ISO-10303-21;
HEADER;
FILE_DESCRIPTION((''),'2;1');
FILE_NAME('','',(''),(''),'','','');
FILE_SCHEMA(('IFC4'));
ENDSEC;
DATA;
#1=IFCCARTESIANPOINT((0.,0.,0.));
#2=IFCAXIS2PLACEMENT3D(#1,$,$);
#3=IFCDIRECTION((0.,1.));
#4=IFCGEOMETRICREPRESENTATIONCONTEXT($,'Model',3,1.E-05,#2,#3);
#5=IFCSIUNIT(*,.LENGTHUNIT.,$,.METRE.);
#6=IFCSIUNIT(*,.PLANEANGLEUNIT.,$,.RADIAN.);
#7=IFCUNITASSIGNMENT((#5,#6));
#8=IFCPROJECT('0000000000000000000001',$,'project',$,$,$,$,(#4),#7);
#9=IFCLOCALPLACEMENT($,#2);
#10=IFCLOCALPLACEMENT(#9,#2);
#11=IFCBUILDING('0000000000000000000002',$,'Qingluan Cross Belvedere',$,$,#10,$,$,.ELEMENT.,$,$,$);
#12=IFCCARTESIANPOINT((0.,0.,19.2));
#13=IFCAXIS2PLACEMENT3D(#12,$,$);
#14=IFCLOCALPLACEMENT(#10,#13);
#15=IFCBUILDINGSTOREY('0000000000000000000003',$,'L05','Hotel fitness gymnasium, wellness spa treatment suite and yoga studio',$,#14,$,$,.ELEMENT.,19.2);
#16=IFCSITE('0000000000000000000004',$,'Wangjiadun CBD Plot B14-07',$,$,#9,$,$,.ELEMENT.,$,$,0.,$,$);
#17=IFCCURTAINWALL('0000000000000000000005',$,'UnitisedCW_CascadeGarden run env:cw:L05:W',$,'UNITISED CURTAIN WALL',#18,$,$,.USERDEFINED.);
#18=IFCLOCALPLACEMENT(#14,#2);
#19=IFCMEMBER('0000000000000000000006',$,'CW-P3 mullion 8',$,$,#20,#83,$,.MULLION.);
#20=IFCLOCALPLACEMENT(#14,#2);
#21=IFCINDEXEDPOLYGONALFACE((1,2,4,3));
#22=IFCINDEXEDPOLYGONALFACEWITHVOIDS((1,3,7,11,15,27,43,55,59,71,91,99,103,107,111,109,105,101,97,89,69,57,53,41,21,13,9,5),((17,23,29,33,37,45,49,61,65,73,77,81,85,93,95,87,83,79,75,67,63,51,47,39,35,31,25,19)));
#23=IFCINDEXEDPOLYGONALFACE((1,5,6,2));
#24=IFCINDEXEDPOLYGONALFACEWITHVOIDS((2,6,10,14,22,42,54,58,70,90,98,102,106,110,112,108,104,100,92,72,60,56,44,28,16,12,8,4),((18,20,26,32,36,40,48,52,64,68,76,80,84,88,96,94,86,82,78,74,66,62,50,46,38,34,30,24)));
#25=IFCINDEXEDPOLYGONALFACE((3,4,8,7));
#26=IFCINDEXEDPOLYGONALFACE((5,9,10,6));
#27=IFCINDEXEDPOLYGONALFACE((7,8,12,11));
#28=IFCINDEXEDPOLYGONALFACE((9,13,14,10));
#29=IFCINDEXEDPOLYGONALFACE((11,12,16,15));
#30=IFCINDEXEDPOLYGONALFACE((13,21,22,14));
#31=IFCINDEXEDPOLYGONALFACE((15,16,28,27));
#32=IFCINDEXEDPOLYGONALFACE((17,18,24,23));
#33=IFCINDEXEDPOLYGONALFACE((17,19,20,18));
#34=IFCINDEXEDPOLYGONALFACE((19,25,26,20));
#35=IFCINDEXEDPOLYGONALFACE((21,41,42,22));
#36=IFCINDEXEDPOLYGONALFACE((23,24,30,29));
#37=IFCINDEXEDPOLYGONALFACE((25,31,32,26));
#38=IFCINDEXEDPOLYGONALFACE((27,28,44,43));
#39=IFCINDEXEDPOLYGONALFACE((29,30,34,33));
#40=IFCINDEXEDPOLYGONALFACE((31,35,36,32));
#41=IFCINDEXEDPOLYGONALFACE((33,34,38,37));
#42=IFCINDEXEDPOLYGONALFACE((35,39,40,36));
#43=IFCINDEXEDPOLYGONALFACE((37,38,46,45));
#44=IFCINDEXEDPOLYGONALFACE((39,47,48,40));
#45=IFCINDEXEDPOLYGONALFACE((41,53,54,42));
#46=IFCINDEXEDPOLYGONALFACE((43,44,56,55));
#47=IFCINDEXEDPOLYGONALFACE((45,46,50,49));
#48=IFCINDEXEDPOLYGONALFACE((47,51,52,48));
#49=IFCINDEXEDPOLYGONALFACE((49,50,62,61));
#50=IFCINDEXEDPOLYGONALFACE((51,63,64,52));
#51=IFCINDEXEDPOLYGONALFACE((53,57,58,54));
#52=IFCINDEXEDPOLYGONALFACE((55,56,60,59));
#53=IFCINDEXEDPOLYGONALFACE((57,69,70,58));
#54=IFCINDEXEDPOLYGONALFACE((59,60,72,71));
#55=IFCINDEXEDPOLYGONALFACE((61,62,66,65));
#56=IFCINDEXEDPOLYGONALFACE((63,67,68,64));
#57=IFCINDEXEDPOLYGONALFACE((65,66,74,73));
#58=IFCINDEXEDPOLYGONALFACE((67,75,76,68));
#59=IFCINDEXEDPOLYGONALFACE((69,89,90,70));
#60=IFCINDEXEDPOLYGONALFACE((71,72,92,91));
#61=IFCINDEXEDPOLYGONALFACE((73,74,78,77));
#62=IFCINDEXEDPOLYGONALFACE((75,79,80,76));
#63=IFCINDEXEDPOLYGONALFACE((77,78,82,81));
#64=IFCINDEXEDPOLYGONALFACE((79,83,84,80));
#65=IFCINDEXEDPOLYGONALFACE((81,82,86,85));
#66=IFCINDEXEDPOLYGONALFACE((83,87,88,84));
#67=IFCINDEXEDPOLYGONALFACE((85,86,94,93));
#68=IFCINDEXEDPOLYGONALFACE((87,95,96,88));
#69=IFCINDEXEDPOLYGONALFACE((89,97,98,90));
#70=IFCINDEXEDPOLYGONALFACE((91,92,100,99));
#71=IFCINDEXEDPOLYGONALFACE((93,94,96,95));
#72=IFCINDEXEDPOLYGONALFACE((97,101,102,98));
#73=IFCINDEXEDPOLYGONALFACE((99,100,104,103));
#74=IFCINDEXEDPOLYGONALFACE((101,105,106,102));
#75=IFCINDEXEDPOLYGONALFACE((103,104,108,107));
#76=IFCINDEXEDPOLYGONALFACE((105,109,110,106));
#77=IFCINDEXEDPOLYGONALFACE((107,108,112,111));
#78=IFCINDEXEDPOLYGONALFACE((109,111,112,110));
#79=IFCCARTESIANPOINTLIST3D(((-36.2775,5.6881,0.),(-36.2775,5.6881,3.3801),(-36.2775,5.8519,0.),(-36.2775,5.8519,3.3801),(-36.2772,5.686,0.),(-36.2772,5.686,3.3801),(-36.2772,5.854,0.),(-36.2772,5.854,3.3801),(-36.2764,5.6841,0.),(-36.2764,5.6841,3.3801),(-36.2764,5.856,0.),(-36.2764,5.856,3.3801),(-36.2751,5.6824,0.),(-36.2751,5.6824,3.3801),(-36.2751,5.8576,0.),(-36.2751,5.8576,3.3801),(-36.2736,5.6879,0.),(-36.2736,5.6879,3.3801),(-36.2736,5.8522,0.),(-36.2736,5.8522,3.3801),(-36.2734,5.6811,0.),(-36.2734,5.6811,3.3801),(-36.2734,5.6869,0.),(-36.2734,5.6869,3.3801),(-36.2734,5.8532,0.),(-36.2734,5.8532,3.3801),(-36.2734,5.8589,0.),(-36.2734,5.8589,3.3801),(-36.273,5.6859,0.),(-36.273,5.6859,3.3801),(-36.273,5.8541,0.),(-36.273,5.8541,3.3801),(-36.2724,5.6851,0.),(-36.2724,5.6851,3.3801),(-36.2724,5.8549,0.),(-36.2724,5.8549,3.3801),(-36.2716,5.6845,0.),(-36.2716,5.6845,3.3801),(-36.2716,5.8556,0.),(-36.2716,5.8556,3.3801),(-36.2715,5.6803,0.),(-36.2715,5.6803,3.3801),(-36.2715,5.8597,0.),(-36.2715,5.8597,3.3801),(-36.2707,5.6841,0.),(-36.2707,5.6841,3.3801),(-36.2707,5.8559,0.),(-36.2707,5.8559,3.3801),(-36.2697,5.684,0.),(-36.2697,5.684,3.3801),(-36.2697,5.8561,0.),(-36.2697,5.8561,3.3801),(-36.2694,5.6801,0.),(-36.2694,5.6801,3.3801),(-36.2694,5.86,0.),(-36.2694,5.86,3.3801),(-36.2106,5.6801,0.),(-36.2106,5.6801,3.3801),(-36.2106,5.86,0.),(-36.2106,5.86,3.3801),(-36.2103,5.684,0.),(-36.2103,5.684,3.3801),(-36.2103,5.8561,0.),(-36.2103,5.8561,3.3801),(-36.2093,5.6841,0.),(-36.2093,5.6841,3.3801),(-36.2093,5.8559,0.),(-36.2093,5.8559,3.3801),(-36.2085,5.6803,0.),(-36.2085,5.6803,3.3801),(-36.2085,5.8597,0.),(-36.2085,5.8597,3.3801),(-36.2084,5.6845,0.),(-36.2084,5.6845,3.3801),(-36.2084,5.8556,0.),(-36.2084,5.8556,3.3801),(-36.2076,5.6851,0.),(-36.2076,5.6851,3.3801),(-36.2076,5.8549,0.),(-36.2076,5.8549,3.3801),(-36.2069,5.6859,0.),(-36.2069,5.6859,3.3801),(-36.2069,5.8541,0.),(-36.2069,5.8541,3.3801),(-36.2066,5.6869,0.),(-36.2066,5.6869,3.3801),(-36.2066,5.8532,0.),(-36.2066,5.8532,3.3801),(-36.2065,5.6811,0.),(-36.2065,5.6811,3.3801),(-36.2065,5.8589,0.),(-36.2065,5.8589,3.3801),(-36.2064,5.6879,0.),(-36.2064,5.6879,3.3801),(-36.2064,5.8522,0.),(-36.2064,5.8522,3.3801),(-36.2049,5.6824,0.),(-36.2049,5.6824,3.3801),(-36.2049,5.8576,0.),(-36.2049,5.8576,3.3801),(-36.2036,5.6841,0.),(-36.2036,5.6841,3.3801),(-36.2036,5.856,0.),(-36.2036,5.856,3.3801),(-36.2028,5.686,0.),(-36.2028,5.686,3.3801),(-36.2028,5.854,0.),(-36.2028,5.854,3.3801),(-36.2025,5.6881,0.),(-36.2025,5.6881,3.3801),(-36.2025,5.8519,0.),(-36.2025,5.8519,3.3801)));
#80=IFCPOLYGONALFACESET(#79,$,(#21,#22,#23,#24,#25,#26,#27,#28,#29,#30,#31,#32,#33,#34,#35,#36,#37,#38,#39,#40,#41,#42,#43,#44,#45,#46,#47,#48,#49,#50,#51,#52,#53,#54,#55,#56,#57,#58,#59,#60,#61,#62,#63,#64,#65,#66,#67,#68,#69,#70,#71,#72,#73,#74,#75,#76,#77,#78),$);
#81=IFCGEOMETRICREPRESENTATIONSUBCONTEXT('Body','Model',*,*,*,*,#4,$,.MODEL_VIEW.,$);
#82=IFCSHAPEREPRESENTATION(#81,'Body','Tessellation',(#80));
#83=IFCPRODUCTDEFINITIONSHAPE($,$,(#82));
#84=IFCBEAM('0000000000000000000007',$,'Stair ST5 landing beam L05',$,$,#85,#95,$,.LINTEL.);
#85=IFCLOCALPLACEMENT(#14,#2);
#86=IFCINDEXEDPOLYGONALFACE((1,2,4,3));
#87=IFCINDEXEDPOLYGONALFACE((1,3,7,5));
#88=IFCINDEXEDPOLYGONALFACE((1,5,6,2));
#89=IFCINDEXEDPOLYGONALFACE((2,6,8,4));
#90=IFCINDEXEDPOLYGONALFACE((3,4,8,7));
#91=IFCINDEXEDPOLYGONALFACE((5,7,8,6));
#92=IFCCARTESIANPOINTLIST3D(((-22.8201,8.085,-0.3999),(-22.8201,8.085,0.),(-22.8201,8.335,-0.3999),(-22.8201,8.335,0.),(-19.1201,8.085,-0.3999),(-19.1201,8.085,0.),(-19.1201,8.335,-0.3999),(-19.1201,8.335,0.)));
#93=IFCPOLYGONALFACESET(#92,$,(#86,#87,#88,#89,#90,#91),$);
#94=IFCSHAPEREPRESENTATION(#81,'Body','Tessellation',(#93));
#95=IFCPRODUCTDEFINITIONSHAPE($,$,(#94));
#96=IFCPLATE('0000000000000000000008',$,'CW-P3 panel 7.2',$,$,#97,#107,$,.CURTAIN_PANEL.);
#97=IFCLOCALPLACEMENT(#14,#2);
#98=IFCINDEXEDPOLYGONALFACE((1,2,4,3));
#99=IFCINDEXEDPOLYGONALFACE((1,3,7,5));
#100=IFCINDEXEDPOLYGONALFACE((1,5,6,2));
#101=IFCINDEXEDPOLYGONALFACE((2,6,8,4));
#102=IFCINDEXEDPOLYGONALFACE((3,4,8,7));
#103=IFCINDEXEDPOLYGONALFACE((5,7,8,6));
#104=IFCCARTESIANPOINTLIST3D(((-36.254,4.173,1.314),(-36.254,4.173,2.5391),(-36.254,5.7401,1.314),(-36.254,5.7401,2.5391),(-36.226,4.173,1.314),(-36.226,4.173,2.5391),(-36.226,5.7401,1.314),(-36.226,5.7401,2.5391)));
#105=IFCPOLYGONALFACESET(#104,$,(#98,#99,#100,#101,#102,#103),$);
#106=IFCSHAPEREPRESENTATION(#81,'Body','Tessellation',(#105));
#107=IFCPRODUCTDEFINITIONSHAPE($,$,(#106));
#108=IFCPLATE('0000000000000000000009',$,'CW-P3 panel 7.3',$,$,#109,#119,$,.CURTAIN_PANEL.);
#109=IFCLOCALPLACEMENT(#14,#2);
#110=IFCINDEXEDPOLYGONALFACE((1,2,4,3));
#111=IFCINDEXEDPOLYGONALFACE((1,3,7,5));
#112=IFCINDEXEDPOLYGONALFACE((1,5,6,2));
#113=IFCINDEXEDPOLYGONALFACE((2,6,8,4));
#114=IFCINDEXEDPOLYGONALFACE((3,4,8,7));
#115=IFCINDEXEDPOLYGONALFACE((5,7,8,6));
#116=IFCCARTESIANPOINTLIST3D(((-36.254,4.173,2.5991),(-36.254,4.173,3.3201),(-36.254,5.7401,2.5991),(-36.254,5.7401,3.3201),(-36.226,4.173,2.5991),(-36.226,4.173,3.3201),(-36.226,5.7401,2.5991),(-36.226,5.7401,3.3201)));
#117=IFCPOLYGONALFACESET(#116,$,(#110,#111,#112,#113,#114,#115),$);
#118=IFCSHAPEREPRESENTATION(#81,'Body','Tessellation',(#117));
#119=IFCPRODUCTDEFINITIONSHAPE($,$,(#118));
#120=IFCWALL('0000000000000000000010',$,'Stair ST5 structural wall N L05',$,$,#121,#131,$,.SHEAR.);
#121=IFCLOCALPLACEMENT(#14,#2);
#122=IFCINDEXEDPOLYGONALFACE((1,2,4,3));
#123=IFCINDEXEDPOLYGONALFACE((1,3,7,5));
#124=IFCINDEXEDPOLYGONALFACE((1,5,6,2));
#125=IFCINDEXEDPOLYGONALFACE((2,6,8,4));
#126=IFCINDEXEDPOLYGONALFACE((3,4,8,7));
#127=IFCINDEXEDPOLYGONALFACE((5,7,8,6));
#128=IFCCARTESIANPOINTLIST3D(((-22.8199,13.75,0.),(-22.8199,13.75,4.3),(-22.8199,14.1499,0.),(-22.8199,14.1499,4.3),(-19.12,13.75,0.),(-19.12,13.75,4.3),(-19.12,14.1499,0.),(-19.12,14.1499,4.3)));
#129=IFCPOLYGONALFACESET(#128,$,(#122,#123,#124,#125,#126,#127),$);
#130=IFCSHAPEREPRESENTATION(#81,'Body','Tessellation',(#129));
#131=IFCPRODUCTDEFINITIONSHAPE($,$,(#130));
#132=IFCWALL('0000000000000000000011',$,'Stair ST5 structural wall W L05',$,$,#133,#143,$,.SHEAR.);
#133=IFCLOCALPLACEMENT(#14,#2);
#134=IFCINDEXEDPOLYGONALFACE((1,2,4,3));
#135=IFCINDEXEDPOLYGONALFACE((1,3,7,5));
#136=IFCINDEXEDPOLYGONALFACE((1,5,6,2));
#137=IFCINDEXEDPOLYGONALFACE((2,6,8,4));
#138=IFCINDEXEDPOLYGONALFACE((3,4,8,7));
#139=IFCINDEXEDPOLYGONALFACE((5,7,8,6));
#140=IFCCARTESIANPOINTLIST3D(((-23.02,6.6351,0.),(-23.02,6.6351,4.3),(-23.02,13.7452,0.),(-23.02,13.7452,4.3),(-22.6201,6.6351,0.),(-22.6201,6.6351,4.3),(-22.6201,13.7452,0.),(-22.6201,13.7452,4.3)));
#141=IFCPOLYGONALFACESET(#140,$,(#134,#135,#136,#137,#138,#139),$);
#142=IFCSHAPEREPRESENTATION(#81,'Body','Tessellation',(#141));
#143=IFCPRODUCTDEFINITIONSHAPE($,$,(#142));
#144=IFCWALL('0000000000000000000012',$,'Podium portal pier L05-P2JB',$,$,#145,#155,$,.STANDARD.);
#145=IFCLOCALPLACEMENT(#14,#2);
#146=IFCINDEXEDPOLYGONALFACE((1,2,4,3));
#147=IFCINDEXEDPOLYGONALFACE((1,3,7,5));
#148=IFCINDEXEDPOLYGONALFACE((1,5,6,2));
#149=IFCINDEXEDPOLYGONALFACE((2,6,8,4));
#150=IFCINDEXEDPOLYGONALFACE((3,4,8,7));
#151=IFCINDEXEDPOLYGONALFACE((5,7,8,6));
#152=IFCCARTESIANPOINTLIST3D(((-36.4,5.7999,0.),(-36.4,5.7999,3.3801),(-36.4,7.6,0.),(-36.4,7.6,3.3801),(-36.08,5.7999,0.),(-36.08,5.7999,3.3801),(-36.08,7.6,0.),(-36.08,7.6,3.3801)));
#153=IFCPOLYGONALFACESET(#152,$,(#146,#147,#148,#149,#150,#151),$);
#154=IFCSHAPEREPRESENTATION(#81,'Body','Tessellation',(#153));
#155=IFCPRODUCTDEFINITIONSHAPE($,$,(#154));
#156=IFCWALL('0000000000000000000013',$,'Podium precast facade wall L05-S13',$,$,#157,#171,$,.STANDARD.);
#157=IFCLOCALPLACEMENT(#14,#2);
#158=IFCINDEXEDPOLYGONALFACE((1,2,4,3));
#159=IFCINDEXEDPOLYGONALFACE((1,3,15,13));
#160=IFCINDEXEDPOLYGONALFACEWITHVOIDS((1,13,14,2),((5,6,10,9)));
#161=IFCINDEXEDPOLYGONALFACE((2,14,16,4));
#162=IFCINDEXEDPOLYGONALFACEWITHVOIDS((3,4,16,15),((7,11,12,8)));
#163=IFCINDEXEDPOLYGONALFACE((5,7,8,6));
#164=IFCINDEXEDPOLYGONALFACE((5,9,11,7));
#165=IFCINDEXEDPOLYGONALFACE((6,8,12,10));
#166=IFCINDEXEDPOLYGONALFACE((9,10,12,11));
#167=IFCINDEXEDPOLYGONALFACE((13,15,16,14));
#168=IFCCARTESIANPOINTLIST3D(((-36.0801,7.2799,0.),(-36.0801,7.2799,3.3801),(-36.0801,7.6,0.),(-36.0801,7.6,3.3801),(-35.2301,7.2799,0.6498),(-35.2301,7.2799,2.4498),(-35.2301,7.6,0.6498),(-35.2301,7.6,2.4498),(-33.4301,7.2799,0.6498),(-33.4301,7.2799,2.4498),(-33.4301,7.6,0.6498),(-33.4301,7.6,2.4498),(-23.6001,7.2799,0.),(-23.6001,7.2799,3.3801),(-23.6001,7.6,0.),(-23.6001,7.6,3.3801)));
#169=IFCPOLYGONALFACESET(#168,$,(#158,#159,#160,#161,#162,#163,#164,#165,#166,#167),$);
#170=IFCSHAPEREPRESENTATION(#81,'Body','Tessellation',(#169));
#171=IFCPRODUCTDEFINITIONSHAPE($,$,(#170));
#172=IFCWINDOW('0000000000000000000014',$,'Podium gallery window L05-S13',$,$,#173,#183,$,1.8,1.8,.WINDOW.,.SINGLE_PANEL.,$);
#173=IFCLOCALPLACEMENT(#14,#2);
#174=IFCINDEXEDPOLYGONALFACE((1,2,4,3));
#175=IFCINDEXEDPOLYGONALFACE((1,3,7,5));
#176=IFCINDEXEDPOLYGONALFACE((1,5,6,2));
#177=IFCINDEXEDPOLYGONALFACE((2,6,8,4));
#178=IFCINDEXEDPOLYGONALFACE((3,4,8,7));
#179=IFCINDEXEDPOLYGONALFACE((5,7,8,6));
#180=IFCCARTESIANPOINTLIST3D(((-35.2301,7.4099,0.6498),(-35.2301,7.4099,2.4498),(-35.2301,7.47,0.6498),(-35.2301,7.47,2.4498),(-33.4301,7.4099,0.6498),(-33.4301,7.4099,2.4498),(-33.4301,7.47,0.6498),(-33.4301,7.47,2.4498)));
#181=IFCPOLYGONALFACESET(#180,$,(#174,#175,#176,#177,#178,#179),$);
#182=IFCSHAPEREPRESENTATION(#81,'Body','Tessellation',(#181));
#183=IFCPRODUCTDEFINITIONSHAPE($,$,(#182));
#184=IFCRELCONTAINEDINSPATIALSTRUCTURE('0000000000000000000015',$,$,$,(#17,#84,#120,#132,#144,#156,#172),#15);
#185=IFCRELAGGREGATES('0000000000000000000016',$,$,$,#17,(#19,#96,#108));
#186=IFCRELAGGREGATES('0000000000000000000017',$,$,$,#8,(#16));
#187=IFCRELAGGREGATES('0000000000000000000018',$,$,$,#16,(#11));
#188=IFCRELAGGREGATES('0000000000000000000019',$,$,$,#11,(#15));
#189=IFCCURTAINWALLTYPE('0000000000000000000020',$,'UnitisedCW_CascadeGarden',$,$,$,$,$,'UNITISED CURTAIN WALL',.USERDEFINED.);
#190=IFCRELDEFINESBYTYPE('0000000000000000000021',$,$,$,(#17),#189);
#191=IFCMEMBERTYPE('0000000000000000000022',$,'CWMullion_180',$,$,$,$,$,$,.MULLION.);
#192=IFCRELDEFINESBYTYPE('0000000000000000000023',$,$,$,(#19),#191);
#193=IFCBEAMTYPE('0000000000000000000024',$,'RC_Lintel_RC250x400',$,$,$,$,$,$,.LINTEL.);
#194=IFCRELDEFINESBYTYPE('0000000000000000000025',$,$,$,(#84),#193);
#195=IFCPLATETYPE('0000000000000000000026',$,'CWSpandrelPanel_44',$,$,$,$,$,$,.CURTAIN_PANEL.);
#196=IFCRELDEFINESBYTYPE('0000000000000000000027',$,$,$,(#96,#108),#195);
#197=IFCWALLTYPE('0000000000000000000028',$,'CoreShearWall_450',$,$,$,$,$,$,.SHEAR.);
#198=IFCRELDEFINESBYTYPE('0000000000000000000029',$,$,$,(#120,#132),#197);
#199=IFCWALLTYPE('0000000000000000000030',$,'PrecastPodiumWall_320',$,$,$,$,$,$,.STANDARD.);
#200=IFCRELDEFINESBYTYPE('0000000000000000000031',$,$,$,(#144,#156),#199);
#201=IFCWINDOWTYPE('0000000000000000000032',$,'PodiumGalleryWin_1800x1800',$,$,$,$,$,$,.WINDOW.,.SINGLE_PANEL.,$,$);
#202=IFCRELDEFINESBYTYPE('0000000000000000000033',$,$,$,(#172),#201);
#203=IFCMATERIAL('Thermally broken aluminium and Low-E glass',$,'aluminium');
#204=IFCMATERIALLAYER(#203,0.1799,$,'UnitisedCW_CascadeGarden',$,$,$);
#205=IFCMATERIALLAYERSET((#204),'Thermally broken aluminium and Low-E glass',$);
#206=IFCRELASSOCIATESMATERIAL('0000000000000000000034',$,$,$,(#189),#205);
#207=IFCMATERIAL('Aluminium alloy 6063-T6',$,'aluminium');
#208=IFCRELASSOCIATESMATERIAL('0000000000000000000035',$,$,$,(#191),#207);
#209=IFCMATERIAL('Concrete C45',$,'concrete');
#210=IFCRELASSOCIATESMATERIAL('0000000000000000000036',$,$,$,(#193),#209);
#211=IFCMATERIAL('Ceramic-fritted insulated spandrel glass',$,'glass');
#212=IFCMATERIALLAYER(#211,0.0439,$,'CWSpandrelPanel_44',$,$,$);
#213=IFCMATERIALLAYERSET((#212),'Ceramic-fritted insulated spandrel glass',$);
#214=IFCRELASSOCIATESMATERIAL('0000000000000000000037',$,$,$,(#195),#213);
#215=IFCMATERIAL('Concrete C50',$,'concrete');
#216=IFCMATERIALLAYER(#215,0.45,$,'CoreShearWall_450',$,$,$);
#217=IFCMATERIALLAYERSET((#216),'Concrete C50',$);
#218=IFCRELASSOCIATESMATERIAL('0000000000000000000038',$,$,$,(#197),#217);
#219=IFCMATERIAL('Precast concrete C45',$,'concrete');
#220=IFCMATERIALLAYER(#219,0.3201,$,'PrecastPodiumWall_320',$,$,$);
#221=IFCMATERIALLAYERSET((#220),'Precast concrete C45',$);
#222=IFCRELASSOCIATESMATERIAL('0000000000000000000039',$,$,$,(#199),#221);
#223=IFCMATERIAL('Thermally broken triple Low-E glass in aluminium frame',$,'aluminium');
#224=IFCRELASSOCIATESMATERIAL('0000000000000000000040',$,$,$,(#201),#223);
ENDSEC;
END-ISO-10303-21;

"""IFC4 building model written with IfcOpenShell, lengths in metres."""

from ifc_helpers import new_model, si_unit, direction, frame, frame_2d, origin, origin_2d, place, context, subcontext, project, spatial, rectangle, hollow_rectangle, extrude, material, layer, layer_set, material_profile, profile_set, type_object, element, fill, aggregate, save


model = new_model("IFC4")

# Units and contexts
model_context = context("Model", 3, precision=1e-05, world=origin(), true_north=direction((0.0, 1.0)))
body_context = subcontext(model_context, "Body", "Model", "MODEL_VIEW")
ifc_project = project(units=[si_unit("LENGTHUNIT", "METRE"), si_unit("PLANEANGLEUNIT", "RADIAN")], contexts=[model_context])

# Site, building, storey
site_placement = place(None, origin())
site = spatial("IfcSite", under=ifc_project, at=site_placement, Name="Wangjiadun CBD Plot B14-07", CompositionType="ELEMENT", RefElevation=0.0)
building_placement = place(site_placement, origin())
building = spatial("IfcBuilding", under=site, at=building_placement, Name="Qingluan Cross Belvedere", CompositionType="ELEMENT")
storey_placement = place(building_placement, frame((0.0, 0.0, 19.2)))
storey = spatial("IfcBuildingStorey", under=building, at=storey_placement, Name="L05", Description="Hotel fitness gymnasium, wellness spa treatment suite and yoga studio", CompositionType="ELEMENT", Elevation=19.2)

# Curtain wall, member
ifc_material_1 = material(Name="Thermally broken aluminium and Low-E glass", Category="aluminium")
ifc_layer_1 = layer(ifc_material_1, 0.1799, Name="UnitisedCW_CascadeGarden")
ifc_layer_set_1 = layer_set([ifc_layer_1], Name="Thermally broken aluminium and Low-E glass")
curtain_wall_type = type_object("IfcCurtainWallType", Name="UnitisedCW_CascadeGarden", ElementType="UNITISED CURTAIN WALL", PredefinedType="USERDEFINED", material=ifc_layer_set_1)
curtain_wall_placement = place(storey_placement, origin())
curtain_wall = element("IfcCurtainWall", 1, at=curtain_wall_placement, inside=storey, type_object=curtain_wall_type, Name="UnitisedCW_CascadeGarden run env:cw:L05:W", ObjectType="UNITISED CURTAIN WALL", PredefinedType="USERDEFINED")
ifc_material_2 = material(Name="Aluminium alloy 6063-T6", Category="aluminium")
ifc_material_profile_1 = material_profile(ifc_material_2, hollow_rectangle(XDim=0.075, YDim=0.1799, WallThickness=0.0039, InnerFilletRadius=0.0039, OuterFilletRadius=0.0081, at=origin_2d()), Name="CWM180x75x4")
ifc_profile_set_1 = profile_set([ifc_material_profile_1], Name="Aluminium alloy 6063-T6")
member_type = type_object("IfcMemberType", Name="CWMullion_180", PredefinedType="MULLION", material=ifc_profile_set_1)
member_placement = place(storey_placement, frame((-36.24, 5.77, 0.0), z_axis=(0.0, 0.0, 1.0), x_axis=(-1.0, 0.0, 0.0)))
member = element("IfcMember", 2, at=member_placement, type_object=member_type, Name="CW-P3 mullion 8", PredefinedType="MULLION", context=body_context, shape_type="SweptSolid", body=[
    extrude(hollow_rectangle(XDim=0.075, YDim=0.1799, WallThickness=0.0039, InnerFilletRadius=0.0039, OuterFilletRadius=0.0081, at=origin_2d()), origin(), (0.0, 0.0, 1.0), 3.3801),
])

# Beam
ifc_material_3 = material(Name="Concrete C45", Category="concrete")
ifc_material_profile_2 = material_profile(ifc_material_3, rectangle(XDim=0.25, YDim=0.3999, at=origin_2d()), Name="RC250x400")
ifc_profile_set_2 = profile_set([ifc_material_profile_2], Name="Concrete C45")
beam_type = type_object("IfcBeamType", Name="RC_Lintel_RC250x400", PredefinedType="LINTEL", material=ifc_profile_set_2)
beam_placement = place(storey_placement, frame((-22.8201, 8.21, -0.2), z_axis=(1.0, 0.0, 0.0), x_axis=(0.0, 1.0, 0.0)))
element("IfcBeam", 3, at=beam_placement, inside=storey, type_object=beam_type, Name="Stair ST5 landing beam L05", PredefinedType="LINTEL", context=body_context, shape_type="SweptSolid", body=[
    extrude(rectangle(XDim=0.25, YDim=0.3999, at=origin_2d()), origin(), (0.0, 0.0, 1.0), 3.7),
])

# Plates
ifc_material_4 = material(Name="Ceramic-fritted insulated spandrel glass", Category="glass")
ifc_layer_2 = layer(ifc_material_4, 0.0439, Name="CWSpandrelPanel_44")
ifc_layer_set_2 = layer_set([ifc_layer_2], Name="Ceramic-fritted insulated spandrel glass")
plate_type = type_object("IfcPlateType", Name="CWSpandrelPanel_44", PredefinedType="CURTAIN_PANEL", material=ifc_layer_set_2)
plate_1_placement = place(storey_placement, frame((-36.24, 4.9565, 1.314), z_axis=(0.0, 0.0, 1.0), x_axis=(0.0, 1.0, 0.0)))
plate_1 = element("IfcPlate", 4, at=plate_1_placement, type_object=plate_type, Name="CW-P3 panel 7.2", PredefinedType="CURTAIN_PANEL", context=body_context, shape_type="SweptSolid", body=[
    extrude(rectangle(XDim=1.5671, YDim=0.0281, at=origin_2d()), origin(), (0.0, 0.0, 1.0), 1.2251),
])
plate_2_placement = place(storey_placement, frame((-36.24, 4.9565, 2.5991), z_axis=(0.0, 0.0, 1.0), x_axis=(0.0, 1.0, 0.0)))
plate_2 = element("IfcPlate", 5, at=plate_2_placement, type_object=plate_type, Name="CW-P3 panel 7.3", PredefinedType="CURTAIN_PANEL", context=body_context, shape_type="SweptSolid", body=[
    extrude(rectangle(XDim=1.5671, YDim=0.0281, at=origin_2d()), origin(), (0.0, 0.0, 1.0), 0.7209),
])
aggregate(curtain_wall, [member, plate_1, plate_2])

# Wall
ifc_material_5 = material(Name="Concrete C50", Category="concrete")
ifc_layer_3 = layer(ifc_material_5, 0.45, Name="CoreShearWall_450")
ifc_layer_set_3 = layer_set([ifc_layer_3], Name="Concrete C50")
wall_type_1 = type_object("IfcWallType", Name="CoreShearWall_450", PredefinedType="SHEAR", material=ifc_layer_set_3)
wall_1_placement = place(storey_placement, frame((-22.8201, 13.95, 0.0), z_axis=(0.0, 0.0, 1.0), x_axis=(1.0, 0.0, 0.0)))
element("IfcWall", 6, at=wall_1_placement, inside=storey, type_object=wall_type_1, Name="Stair ST5 structural wall N L05", PredefinedType="SHEAR", context=body_context, shape_type="SweptSolid", body=[
    extrude(rectangle(XDim=3.7, YDim=0.3999, at=frame_2d((1.8501, 0.0))), origin(), (0.0, 0.0, 1.0), 4.3),
])

# Walls
wall_2_placement = place(storey_placement, frame((-22.8201, 6.635, 0.0), z_axis=(0.0, 0.0, 1.0), x_axis=(0.0, 1.0, 0.0)))
element("IfcWall", 7, at=wall_2_placement, inside=storey, type_object=wall_type_1, Name="Stair ST5 structural wall W L05", PredefinedType="SHEAR", context=body_context, shape_type="SweptSolid", body=[
    extrude(rectangle(XDim=7.1101, YDim=0.3999, at=frame_2d((3.5552, 0.0))), origin(), (0.0, 0.0, 1.0), 4.3),
])
ifc_material_6 = material(Name="Precast concrete C45", Category="concrete")
ifc_layer_4 = layer(ifc_material_6, 0.3201, Name="PrecastPodiumWall_320")
ifc_layer_set_4 = layer_set([ifc_layer_4], Name="Precast concrete C45")
wall_type_2 = type_object("IfcWallType", Name="PrecastPodiumWall_320", PredefinedType="STANDARD", material=ifc_layer_set_4)
wall_3_placement = place(storey_placement, frame((-36.24, 5.8, 0.0), z_axis=(0.0, 0.0, 1.0), x_axis=(0.0, 1.0, 0.0)))
element("IfcWall", 8, at=wall_3_placement, inside=storey, type_object=wall_type_2, Name="Podium portal pier L05-P2JB", PredefinedType="STANDARD", context=body_context, shape_type="SweptSolid", body=[
    extrude(rectangle(XDim=1.8, YDim=0.3201, at=frame_2d((0.8999, 0.0))), origin(), (0.0, 0.0, 1.0), 3.3801),
])

# Wall, opening, window
wall_4_placement = place(storey_placement, frame((-36.0801, 7.4399, 0.0), z_axis=(0.0, 0.0, 1.0), x_axis=(1.0, 0.0, 0.0)))
wall_4 = element("IfcWall", 9, at=wall_4_placement, inside=storey, type_object=wall_type_2, Name="Podium precast facade wall L05-S13", PredefinedType="STANDARD", context=body_context, shape_type="SweptSolid", body=[
    extrude(rectangle(XDim=12.48, YDim=0.3201, at=frame_2d((6.24, 0.0))), origin(), (0.0, 0.0, 1.0), 3.3801),
])
opening_1_placement = place(wall_4_placement, frame((0.8501, 0.0, 0.6499)))
opening_1 = element("IfcOpeningElement", 10, at=opening_1_placement, cuts=wall_4, PredefinedType="OPENING", context=body_context, shape_type="SweptSolid", body=[
    extrude(rectangle(XDim=1.8, YDim=1.8, at=frame_2d((0.8999, 0.8999))), frame((0.0, 0.1699, 0.0), z_axis=(0.0, -1.0, 0.0), x_axis=(1.0, 0.0, 0.0)), (0.0, 0.0, 1.0), 0.3401),
])
ifc_material_7 = material(Name="Thermally broken triple Low-E glass in aluminium frame", Category="aluminium")
window_type = type_object("IfcWindowType", Name="PodiumGalleryWin_1800x1800", PartitioningType="SINGLE_PANEL", PredefinedType="WINDOW", material=ifc_material_7)
window_1_placement = place(opening_1_placement, origin())
window_1 = element("IfcWindow", 11, at=window_1_placement, inside=storey, type_object=window_type, Name="Podium gallery window L05-S13", OverallHeight=1.8, OverallWidth=1.8, PartitioningType="SINGLE_PANEL", PredefinedType="WINDOW", context=body_context, shape_type="SweptSolid", body=[
    extrude(rectangle(XDim=1.8, YDim=1.8, at=frame_2d((0.8999, 0.8999))), frame((0.0, 0.03, 0.0), z_axis=(0.0, -1.0, 0.0), x_axis=(1.0, 0.0, 0.0)), (0.0, 0.0, 1.0), 0.0601),
])
fill(opening_1, window_1)

save(model, "model.ifc")
